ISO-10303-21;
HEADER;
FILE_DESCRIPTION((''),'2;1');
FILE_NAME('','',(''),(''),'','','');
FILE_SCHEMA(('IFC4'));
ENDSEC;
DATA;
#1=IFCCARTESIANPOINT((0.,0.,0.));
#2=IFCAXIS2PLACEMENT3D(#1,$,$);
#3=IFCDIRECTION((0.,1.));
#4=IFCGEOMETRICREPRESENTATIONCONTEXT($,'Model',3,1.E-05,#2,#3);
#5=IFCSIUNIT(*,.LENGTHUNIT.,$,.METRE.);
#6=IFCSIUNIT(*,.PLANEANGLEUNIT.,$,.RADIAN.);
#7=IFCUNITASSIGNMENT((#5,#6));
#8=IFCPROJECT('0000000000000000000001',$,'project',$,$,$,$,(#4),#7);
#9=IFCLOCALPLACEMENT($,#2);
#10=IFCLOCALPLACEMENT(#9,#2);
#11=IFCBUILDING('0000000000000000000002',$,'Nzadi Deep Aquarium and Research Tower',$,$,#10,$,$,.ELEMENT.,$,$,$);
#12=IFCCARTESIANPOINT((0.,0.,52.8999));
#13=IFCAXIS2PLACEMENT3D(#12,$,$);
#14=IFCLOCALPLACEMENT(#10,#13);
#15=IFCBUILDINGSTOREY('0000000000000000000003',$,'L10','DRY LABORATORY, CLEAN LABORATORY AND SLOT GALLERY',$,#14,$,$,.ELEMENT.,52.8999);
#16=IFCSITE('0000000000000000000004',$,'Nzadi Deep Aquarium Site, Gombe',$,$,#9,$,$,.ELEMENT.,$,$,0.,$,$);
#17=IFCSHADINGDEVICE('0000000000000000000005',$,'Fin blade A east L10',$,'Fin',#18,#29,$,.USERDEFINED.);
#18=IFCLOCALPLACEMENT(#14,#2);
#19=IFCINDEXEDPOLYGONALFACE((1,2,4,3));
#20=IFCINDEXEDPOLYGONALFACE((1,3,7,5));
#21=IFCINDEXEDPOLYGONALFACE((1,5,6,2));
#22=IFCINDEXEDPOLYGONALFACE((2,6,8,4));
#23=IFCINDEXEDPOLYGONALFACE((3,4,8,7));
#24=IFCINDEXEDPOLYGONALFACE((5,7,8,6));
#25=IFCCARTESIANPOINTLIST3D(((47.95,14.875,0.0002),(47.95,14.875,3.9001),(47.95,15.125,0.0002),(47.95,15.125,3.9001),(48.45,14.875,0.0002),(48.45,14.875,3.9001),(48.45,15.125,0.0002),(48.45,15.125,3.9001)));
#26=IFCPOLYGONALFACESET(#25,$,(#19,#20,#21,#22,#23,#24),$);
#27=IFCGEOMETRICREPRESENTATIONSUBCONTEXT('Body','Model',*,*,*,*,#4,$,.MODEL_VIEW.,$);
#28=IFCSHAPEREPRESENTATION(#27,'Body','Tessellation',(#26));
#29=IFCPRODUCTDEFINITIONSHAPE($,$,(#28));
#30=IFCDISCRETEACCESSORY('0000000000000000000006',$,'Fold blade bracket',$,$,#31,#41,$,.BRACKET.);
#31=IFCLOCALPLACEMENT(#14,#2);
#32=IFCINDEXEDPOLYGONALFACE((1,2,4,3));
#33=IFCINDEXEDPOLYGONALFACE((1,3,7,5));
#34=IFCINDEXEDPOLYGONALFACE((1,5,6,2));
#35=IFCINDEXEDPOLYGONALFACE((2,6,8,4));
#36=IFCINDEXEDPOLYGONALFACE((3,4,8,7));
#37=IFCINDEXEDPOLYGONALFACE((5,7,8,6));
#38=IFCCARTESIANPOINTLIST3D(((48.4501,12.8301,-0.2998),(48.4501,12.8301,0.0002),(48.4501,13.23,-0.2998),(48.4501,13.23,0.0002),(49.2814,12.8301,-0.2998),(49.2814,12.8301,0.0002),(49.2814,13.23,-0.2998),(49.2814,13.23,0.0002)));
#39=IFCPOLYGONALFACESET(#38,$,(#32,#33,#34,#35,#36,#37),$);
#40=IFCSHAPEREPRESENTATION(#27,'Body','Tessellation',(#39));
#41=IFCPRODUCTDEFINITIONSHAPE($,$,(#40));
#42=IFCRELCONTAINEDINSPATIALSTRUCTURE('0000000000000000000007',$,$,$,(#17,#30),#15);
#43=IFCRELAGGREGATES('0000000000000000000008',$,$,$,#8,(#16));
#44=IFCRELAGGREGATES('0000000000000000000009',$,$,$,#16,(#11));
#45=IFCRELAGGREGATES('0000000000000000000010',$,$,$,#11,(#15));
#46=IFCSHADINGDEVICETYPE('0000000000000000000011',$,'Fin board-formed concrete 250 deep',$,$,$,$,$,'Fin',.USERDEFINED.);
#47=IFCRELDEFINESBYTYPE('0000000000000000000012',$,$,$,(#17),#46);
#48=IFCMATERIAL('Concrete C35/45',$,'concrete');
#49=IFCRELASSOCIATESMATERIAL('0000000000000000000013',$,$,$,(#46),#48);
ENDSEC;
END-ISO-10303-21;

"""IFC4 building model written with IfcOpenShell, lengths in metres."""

from ifc_helpers import new_model, si_unit, direction, frame, origin, origin_2d, place, context, subcontext, project, spatial, rectangle, extrude, material, type_object, element, save


model = new_model("IFC4")

# Units and contexts
model_context = context("Model", 3, precision=1e-05, world=origin(), true_north=direction((0.0, 1.0)))
body_context = subcontext(model_context, "Body", "Model", "MODEL_VIEW")
ifc_project = project(units=[si_unit("LENGTHUNIT", "METRE"), si_unit("PLANEANGLEUNIT", "RADIAN")], contexts=[model_context])

# Site, building, storey
site_placement = place(None, origin())
site = spatial("IfcSite", under=ifc_project, at=site_placement, Name="Nzadi Deep Aquarium Site, Gombe", CompositionType="ELEMENT", RefElevation=0.0)
building_placement = place(site_placement, origin())
building = spatial("IfcBuilding", under=site, at=building_placement, Name="Nzadi Deep Aquarium and Research Tower", CompositionType="ELEMENT")
storey_placement = place(building_placement, frame((0.0, 0.0, 52.8999)))
storey = spatial("IfcBuildingStorey", under=building, at=storey_placement, Name="L10", Description="DRY LABORATORY, CLEAN LABORATORY AND SLOT GALLERY", CompositionType="ELEMENT", Elevation=52.8999)

# Shading device
ifc_material_1 = material(Name="Concrete C35/45", Category="concrete")
shading_device_type = type_object("IfcShadingDeviceType", Name="Fin board-formed concrete 250 deep", ElementType="Fin", PredefinedType="USERDEFINED", material=ifc_material_1)
shading_device_placement = place(storey_placement, frame((48.2, 15.0, 0.0002), z_axis=(0.0, 0.0, 1.0), x_axis=(1.0, 0.0, 0.0)))
element("IfcShadingDevice", 1, at=shading_device_placement, inside=storey, type_object=shading_device_type, Name="Fin blade A east L10", ObjectType="Fin", PredefinedType="USERDEFINED", context=body_context, shape_type="SweptSolid", body=[
    extrude(rectangle(XDim=0.5, YDim=0.25, at=origin_2d()), origin(), (0.0, 0.0, 1.0), 3.8999),
])

# Discrete accessory
discrete_accessory_placement = place(storey_placement, frame((48.8657, 13.03, -0.2998), z_axis=(0.0, 0.0, 1.0), x_axis=(1.0, 0.0, 0.0)))
element("IfcDiscreteAccessory", 2, at=discrete_accessory_placement, inside=storey, Name="Fold blade bracket", PredefinedType="BRACKET", context=body_context, shape_type="SweptSolid", body=[
    extrude(rectangle(XDim=0.8313, YDim=0.3999, at=origin_2d()), origin(), (0.0, 0.0, 1.0), 0.3),
])

save(model, "model.ifc")
